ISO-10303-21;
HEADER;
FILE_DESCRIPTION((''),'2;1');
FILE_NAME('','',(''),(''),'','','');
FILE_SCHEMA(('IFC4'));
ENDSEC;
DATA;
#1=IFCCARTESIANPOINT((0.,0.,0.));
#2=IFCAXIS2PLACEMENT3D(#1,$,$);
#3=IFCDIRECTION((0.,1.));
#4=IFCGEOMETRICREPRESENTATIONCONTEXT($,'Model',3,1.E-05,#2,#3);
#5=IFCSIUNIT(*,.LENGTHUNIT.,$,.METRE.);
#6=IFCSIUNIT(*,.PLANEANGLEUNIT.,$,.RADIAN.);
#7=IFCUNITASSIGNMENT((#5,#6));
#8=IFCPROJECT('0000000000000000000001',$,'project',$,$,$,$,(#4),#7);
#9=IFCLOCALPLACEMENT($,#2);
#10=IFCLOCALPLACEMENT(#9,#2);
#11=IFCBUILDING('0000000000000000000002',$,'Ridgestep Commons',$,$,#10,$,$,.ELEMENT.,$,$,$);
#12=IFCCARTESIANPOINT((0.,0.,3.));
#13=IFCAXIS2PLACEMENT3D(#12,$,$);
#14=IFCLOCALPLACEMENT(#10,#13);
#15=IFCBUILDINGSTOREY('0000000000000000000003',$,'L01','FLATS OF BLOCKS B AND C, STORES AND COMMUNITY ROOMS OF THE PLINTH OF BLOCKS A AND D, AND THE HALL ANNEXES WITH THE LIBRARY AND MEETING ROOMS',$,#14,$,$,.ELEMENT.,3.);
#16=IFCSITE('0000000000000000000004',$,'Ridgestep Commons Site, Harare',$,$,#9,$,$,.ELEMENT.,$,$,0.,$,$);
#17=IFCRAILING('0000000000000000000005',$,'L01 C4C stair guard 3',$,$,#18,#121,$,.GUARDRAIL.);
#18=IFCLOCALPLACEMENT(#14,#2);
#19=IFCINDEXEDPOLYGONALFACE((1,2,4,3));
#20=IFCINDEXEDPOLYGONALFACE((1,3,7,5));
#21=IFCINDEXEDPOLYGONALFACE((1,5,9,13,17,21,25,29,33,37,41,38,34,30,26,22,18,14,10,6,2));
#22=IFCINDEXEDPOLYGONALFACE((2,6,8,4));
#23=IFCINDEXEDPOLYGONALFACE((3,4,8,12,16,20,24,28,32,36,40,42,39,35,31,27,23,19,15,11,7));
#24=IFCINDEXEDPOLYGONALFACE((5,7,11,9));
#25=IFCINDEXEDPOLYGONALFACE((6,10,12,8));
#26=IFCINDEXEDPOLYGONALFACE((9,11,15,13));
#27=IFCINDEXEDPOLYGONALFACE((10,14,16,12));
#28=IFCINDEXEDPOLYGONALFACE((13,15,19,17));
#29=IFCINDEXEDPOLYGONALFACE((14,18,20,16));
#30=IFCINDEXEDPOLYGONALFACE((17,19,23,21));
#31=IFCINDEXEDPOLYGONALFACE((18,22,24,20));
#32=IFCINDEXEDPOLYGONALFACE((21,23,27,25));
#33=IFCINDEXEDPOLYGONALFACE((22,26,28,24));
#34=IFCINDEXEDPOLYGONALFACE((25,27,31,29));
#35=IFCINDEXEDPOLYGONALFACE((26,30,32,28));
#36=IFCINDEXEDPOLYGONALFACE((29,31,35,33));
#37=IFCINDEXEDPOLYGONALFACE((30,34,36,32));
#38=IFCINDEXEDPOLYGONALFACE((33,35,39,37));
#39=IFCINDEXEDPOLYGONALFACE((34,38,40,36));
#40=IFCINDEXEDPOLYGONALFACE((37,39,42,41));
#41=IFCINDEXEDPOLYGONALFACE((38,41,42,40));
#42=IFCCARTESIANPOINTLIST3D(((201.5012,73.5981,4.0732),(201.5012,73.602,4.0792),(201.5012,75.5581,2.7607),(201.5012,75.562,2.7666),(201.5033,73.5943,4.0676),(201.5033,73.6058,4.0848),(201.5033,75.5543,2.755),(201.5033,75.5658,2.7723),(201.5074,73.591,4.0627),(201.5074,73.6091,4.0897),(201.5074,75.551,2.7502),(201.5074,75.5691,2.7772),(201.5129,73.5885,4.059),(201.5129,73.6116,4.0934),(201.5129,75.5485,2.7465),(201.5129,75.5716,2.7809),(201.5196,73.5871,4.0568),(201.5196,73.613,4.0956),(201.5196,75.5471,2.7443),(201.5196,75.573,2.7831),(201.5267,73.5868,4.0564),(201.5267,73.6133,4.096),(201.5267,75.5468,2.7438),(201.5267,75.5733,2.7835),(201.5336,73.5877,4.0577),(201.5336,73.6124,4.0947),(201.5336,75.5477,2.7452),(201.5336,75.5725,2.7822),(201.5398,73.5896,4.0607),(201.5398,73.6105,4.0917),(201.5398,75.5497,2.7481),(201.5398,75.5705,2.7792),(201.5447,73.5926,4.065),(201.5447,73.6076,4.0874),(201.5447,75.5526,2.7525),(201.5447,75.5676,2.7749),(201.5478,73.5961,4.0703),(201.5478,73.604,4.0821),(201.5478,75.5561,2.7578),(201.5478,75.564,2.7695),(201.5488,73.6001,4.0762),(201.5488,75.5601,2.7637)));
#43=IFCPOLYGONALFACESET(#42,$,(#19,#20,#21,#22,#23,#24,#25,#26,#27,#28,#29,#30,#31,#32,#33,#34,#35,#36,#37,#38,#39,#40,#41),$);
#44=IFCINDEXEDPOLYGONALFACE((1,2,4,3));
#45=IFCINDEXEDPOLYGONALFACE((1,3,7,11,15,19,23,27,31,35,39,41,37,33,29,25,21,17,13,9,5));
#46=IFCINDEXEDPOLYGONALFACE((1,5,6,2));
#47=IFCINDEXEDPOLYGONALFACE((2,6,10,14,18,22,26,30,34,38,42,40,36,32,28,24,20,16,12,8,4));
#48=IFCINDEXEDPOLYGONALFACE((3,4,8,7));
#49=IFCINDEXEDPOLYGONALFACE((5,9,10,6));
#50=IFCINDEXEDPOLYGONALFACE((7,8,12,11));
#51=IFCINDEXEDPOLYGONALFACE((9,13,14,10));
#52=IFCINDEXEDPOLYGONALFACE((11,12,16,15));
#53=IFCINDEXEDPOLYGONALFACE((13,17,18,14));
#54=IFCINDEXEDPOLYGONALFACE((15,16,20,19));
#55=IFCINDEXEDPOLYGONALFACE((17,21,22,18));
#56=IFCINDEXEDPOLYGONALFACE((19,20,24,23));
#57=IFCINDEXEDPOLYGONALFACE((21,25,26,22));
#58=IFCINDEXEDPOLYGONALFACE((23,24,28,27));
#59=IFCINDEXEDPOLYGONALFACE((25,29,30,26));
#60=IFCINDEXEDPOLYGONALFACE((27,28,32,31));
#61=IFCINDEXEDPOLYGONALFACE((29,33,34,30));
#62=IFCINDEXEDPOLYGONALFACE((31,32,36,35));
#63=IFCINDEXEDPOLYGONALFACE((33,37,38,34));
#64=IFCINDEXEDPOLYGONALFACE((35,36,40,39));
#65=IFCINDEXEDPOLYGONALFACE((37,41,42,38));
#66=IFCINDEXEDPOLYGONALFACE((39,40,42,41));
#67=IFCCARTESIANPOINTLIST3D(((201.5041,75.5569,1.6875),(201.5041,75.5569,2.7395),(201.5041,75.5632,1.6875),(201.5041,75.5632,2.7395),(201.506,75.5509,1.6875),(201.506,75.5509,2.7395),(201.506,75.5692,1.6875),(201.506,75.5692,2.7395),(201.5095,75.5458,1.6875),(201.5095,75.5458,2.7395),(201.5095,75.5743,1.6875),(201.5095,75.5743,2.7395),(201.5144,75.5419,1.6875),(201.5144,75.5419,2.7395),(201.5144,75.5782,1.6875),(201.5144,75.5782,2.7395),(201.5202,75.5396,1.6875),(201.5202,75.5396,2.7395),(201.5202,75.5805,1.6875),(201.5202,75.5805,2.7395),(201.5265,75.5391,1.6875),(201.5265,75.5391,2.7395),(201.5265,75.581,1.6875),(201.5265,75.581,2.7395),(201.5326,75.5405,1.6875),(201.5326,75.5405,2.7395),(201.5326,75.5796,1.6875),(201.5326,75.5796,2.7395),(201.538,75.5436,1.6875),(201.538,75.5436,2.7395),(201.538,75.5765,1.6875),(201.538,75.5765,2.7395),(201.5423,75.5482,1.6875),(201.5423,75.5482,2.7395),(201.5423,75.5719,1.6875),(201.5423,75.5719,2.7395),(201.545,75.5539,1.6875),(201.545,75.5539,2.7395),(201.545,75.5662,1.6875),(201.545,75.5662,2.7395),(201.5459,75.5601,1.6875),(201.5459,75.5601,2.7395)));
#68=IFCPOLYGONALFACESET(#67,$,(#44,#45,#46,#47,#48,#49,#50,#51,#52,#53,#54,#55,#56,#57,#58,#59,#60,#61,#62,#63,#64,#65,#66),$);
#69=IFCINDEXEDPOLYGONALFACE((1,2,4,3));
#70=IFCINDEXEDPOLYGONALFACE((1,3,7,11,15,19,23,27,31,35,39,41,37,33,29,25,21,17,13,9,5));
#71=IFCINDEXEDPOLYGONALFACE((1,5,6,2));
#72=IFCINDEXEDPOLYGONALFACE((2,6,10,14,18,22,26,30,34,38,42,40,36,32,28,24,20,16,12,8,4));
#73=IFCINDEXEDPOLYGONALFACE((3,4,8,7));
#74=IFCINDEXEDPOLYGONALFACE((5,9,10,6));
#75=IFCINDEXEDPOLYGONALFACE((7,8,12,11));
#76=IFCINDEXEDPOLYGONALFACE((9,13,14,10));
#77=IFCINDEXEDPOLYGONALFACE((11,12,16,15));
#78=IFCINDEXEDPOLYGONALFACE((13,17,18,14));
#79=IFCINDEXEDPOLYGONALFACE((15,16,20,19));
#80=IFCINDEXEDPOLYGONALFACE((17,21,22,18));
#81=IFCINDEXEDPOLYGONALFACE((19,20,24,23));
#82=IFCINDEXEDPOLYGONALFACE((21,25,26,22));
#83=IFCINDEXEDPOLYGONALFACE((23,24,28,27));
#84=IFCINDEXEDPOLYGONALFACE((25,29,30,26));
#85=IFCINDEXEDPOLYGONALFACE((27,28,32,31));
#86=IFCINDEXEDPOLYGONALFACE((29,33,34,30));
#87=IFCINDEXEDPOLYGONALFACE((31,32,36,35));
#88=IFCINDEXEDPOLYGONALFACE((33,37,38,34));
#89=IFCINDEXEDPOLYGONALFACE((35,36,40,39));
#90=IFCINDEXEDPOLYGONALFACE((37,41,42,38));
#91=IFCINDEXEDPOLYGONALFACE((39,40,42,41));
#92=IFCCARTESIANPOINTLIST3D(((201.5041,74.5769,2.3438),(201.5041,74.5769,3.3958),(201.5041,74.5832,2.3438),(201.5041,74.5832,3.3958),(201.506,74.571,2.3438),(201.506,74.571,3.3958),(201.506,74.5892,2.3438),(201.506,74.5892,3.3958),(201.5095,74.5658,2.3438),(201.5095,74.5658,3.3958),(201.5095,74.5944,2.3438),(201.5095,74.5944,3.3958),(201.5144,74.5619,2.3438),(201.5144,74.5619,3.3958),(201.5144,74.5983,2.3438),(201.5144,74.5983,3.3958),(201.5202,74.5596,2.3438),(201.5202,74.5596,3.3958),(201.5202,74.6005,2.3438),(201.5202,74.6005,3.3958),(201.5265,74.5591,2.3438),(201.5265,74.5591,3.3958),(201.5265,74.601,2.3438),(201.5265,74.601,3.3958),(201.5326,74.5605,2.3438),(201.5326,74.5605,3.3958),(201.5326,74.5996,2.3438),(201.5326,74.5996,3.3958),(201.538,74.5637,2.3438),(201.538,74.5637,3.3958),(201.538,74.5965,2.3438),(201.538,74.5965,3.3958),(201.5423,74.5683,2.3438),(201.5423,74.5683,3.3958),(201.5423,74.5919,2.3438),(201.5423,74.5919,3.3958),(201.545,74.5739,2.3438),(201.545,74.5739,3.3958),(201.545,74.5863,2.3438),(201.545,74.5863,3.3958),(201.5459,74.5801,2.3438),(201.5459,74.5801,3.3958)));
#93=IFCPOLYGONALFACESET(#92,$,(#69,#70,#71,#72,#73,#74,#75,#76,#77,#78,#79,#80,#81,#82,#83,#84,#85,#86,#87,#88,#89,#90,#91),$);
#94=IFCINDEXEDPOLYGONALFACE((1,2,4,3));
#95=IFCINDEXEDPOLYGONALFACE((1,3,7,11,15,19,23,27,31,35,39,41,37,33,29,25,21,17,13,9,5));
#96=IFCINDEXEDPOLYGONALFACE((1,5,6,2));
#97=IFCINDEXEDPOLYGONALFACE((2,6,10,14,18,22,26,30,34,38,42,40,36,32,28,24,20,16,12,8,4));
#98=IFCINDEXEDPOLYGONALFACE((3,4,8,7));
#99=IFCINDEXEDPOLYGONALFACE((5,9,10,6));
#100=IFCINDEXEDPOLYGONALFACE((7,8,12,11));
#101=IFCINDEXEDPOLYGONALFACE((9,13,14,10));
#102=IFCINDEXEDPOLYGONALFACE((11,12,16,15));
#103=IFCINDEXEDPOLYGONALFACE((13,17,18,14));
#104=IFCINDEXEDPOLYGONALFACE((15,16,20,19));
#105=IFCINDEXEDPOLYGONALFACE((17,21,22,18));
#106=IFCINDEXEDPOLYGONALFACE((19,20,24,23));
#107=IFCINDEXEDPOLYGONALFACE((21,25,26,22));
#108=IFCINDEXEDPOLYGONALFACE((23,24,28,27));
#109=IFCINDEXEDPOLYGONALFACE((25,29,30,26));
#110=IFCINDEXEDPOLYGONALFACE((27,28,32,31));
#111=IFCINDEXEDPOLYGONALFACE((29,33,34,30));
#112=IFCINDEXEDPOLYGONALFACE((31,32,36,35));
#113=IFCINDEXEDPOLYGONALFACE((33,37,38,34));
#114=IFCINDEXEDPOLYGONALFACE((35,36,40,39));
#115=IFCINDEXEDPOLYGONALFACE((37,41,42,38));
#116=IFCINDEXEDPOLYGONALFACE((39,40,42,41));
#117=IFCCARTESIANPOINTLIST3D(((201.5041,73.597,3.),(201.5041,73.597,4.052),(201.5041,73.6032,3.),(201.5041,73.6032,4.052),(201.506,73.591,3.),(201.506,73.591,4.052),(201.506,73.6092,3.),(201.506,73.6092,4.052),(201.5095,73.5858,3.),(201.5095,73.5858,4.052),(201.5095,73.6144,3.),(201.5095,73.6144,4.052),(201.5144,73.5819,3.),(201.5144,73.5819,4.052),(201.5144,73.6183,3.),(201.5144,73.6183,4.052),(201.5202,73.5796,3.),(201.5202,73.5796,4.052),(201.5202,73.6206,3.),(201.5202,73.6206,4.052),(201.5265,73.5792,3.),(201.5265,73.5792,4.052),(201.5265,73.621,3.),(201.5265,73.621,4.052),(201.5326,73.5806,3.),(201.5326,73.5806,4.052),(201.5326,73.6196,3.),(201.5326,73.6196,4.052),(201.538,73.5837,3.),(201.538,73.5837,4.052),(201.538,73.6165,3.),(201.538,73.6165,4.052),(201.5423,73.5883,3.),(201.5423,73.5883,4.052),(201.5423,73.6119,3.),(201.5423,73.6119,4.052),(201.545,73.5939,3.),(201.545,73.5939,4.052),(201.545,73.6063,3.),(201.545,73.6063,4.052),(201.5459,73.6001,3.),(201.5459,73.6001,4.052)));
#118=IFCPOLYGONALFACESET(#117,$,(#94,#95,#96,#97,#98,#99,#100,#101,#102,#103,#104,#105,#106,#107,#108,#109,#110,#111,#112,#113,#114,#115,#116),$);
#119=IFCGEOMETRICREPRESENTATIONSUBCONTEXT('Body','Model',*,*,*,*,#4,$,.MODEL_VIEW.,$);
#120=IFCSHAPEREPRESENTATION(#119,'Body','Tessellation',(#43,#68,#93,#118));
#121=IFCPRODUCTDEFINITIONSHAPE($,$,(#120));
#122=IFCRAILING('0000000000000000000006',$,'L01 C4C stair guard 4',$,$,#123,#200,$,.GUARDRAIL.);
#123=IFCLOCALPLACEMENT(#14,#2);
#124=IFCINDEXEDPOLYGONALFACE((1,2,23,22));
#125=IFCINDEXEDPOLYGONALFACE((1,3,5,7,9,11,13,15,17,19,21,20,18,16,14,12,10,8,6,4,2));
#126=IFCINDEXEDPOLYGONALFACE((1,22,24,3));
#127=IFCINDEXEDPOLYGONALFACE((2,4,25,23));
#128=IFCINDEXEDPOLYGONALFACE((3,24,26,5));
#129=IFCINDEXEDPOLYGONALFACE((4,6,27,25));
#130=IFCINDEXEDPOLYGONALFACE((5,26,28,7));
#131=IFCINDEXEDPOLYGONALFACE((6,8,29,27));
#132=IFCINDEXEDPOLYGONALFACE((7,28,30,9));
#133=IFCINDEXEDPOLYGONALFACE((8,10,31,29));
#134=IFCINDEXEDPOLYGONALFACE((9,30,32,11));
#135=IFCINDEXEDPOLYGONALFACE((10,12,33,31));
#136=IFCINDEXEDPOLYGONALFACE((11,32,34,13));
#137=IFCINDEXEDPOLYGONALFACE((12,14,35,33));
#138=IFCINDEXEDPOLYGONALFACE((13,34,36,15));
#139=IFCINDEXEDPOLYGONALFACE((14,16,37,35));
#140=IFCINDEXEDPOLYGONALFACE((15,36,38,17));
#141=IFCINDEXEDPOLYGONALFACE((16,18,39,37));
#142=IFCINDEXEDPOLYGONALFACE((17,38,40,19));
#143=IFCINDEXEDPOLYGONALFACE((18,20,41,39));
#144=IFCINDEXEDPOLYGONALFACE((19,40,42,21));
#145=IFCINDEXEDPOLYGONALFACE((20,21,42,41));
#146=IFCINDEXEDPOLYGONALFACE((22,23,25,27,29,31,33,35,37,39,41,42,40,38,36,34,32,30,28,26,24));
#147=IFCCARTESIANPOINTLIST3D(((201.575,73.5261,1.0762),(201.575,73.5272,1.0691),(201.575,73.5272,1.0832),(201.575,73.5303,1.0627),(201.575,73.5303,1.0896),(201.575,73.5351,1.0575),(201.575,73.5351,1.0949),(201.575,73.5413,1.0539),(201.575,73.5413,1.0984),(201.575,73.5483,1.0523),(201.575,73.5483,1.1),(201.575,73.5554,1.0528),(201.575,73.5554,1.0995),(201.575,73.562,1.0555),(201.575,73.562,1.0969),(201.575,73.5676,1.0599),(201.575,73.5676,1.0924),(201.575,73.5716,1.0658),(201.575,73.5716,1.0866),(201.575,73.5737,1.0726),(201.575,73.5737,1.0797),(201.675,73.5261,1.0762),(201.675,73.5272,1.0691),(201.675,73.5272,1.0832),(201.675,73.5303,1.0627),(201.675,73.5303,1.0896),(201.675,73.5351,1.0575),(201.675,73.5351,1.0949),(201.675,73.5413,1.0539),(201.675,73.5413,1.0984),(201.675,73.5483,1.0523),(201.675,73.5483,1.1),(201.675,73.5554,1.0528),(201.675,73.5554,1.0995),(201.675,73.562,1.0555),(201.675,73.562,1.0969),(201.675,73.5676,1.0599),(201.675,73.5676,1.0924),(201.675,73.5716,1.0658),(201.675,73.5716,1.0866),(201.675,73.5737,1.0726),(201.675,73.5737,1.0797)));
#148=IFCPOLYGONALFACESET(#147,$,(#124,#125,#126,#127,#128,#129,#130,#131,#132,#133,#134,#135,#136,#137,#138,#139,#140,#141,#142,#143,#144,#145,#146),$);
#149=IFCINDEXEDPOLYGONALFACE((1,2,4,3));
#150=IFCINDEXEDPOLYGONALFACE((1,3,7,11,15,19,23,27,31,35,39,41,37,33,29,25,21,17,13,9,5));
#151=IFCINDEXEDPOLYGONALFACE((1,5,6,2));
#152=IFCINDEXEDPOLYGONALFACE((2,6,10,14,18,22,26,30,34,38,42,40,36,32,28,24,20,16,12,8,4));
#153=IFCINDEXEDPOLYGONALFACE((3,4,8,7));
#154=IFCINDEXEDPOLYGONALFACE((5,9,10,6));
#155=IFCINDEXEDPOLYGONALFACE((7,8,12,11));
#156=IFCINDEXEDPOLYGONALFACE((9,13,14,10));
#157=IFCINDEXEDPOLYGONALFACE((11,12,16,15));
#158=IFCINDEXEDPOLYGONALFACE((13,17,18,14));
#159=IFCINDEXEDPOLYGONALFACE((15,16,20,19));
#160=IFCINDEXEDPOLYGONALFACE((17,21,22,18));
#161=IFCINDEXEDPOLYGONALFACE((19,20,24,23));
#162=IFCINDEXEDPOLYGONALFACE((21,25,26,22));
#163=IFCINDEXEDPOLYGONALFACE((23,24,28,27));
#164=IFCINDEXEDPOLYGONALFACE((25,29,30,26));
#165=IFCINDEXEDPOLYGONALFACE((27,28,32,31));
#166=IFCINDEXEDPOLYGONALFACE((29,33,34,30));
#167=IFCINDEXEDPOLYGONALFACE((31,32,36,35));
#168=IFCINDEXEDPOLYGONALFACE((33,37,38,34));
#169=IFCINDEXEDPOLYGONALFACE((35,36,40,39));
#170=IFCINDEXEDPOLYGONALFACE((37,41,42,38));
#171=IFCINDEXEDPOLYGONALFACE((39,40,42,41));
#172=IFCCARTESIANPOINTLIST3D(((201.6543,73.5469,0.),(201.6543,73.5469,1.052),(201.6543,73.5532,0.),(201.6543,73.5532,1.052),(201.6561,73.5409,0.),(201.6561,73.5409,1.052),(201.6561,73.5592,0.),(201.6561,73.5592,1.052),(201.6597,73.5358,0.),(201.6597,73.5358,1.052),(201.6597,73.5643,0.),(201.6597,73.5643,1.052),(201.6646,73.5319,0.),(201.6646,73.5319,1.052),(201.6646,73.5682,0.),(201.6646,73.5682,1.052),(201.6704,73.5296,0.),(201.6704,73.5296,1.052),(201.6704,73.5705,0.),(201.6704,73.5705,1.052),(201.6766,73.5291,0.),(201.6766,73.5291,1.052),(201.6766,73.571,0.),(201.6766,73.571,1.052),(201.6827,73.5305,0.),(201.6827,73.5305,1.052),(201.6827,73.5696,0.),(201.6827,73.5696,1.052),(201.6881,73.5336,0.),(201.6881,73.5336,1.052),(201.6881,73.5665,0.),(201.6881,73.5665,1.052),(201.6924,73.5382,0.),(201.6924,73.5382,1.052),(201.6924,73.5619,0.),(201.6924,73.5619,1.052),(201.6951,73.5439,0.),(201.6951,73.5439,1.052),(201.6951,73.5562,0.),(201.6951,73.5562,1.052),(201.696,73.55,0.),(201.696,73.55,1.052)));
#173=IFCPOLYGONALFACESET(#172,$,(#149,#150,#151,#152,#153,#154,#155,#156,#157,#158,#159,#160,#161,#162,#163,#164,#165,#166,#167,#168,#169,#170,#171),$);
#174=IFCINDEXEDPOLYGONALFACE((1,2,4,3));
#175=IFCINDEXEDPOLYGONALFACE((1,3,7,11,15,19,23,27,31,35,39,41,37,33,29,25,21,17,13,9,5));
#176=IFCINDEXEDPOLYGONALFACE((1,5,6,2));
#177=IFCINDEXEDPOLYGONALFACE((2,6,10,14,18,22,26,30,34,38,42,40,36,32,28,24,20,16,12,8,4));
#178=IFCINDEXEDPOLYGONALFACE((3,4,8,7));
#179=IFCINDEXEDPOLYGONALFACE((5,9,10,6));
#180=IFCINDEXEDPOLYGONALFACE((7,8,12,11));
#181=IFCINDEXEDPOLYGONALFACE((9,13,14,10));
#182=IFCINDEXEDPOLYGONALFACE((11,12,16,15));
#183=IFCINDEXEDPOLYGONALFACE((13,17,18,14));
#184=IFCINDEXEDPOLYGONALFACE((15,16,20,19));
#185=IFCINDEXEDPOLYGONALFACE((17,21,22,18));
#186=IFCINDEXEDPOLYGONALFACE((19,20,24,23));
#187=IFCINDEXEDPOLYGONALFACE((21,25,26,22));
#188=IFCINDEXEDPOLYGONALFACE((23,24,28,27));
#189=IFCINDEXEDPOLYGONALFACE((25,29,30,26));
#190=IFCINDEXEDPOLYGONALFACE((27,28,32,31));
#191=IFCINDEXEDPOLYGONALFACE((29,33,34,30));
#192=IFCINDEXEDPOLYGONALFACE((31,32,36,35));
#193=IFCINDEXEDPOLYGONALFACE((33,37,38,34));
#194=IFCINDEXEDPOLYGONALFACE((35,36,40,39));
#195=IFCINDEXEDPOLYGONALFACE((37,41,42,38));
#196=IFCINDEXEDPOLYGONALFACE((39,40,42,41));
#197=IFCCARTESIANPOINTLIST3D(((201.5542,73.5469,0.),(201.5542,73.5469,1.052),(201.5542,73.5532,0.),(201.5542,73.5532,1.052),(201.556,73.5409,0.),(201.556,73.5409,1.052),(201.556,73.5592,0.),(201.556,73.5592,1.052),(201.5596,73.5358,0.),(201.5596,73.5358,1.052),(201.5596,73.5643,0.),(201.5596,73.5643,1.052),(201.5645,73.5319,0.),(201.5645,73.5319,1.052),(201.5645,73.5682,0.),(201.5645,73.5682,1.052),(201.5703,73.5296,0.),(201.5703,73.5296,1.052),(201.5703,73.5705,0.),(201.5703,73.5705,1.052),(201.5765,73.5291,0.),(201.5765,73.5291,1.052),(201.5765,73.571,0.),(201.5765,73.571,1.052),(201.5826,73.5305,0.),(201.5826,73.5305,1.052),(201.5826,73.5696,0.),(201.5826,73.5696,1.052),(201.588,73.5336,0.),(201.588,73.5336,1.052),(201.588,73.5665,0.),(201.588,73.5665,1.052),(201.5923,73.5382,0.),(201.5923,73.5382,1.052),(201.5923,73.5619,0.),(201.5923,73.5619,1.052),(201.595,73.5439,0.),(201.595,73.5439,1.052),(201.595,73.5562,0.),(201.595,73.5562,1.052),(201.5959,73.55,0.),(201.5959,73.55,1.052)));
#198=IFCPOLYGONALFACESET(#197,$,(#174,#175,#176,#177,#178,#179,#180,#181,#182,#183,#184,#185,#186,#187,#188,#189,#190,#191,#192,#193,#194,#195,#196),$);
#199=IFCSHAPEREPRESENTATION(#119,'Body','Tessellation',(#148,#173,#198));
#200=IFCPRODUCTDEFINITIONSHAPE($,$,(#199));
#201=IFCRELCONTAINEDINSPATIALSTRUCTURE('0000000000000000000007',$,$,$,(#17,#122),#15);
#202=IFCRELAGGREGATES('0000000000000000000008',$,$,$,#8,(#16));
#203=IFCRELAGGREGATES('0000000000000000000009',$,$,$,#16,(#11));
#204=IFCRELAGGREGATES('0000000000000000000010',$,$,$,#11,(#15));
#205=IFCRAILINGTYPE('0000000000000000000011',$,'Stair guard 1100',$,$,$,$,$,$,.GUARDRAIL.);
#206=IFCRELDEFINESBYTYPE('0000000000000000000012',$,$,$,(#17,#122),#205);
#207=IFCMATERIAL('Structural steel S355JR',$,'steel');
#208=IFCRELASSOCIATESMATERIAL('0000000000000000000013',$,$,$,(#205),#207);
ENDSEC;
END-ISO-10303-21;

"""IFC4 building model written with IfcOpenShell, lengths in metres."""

from ifc_helpers import new_model, si_unit, direction, frame, origin, origin_2d, place, context, subcontext, project, spatial, circle, extrude, material, type_object, element, save


model = new_model("IFC4")

# Units and contexts
model_context = context("Model", 3, precision=1e-05, world=origin(), true_north=direction((0.0, 1.0)))
body_context = subcontext(model_context, "Body", "Model", "MODEL_VIEW")
ifc_project = project(units=[si_unit("LENGTHUNIT", "METRE"), si_unit("PLANEANGLEUNIT", "RADIAN")], contexts=[model_context])

# Site, building, storey
site_placement = place(None, origin())
site = spatial("IfcSite", under=ifc_project, at=site_placement, Name="Ridgestep Commons Site, Harare", CompositionType="ELEMENT", RefElevation=0.0)
building_placement = place(site_placement, origin())
building = spatial("IfcBuilding", under=site, at=building_placement, Name="Ridgestep Commons", CompositionType="ELEMENT")
storey_placement = place(building_placement, frame((0.0, 0.0, 3.0)))
storey = spatial("IfcBuildingStorey", under=building, at=storey_placement, Name="L01", Description="FLATS OF BLOCKS B AND C, STORES AND COMMUNITY ROOMS OF THE PLINTH OF BLOCKS A AND D, AND THE HALL ANNEXES WITH THE LIBRARY AND MEETING ROOMS", CompositionType="ELEMENT", Elevation=3.0)

# Railings
ifc_material_1 = material(Name="Structural steel S355JR", Category="steel")
railing_type_1 = type_object("IfcRailingType", Name="Stair guard 1100", PredefinedType="GUARDRAIL", material=ifc_material_1)
railing_1_placement = place(storey_placement, frame((201.5249, 75.5601, 1.6875)))
element("IfcRailing", 1, at=railing_1_placement, inside=storey, type_object=railing_type_1, Name="L01 C4C stair guard 3", PredefinedType="GUARDRAIL", context=body_context, shape_type="SweptSolid", body=[
    extrude(circle(Radius=0.0239, at=origin_2d()), frame((0.0, 0.0, 1.0762), z_axis=(0.0, -0.830902, 0.556419), x_axis=(1.0, 0.0, 0.0)), (0.0, 0.0, 1.0), 2.3589),
    extrude(circle(Radius=0.021, at=origin_2d()), origin(), (0.0, 0.0, 1.0), 1.052),
    extrude(circle(Radius=0.021, at=origin_2d()), frame((0.0, -0.98, 0.6562)), (0.0, 0.0, 1.0), 1.052),
    extrude(circle(Radius=0.021, at=origin_2d()), frame((0.0, -1.96, 1.3125)), (0.0, 0.0, 1.0), 1.052),
])
railing_2_placement = place(storey_placement, frame((201.675, 73.55, 0.0)))
element("IfcRailing", 2, at=railing_2_placement, inside=storey, type_object=railing_type_1, Name="L01 C4C stair guard 4", PredefinedType="GUARDRAIL", context=body_context, shape_type="SweptSolid", body=[
    extrude(circle(Radius=0.0239, at=origin_2d()), frame((0.0, 0.0, 1.0762), z_axis=(-1.0, 0.0, 0.0), x_axis=(0.0, -1.0, 0.0)), (0.0, 0.0, 1.0), 0.1001),
    extrude(circle(Radius=0.021, at=origin_2d()), origin(), (0.0, 0.0, 1.0), 1.052),
    extrude(circle(Radius=0.021, at=origin_2d()), frame((-0.1001, 0.0, 0.0)), (0.0, 0.0, 1.0), 1.052),
])

save(model, "model.ifc")
